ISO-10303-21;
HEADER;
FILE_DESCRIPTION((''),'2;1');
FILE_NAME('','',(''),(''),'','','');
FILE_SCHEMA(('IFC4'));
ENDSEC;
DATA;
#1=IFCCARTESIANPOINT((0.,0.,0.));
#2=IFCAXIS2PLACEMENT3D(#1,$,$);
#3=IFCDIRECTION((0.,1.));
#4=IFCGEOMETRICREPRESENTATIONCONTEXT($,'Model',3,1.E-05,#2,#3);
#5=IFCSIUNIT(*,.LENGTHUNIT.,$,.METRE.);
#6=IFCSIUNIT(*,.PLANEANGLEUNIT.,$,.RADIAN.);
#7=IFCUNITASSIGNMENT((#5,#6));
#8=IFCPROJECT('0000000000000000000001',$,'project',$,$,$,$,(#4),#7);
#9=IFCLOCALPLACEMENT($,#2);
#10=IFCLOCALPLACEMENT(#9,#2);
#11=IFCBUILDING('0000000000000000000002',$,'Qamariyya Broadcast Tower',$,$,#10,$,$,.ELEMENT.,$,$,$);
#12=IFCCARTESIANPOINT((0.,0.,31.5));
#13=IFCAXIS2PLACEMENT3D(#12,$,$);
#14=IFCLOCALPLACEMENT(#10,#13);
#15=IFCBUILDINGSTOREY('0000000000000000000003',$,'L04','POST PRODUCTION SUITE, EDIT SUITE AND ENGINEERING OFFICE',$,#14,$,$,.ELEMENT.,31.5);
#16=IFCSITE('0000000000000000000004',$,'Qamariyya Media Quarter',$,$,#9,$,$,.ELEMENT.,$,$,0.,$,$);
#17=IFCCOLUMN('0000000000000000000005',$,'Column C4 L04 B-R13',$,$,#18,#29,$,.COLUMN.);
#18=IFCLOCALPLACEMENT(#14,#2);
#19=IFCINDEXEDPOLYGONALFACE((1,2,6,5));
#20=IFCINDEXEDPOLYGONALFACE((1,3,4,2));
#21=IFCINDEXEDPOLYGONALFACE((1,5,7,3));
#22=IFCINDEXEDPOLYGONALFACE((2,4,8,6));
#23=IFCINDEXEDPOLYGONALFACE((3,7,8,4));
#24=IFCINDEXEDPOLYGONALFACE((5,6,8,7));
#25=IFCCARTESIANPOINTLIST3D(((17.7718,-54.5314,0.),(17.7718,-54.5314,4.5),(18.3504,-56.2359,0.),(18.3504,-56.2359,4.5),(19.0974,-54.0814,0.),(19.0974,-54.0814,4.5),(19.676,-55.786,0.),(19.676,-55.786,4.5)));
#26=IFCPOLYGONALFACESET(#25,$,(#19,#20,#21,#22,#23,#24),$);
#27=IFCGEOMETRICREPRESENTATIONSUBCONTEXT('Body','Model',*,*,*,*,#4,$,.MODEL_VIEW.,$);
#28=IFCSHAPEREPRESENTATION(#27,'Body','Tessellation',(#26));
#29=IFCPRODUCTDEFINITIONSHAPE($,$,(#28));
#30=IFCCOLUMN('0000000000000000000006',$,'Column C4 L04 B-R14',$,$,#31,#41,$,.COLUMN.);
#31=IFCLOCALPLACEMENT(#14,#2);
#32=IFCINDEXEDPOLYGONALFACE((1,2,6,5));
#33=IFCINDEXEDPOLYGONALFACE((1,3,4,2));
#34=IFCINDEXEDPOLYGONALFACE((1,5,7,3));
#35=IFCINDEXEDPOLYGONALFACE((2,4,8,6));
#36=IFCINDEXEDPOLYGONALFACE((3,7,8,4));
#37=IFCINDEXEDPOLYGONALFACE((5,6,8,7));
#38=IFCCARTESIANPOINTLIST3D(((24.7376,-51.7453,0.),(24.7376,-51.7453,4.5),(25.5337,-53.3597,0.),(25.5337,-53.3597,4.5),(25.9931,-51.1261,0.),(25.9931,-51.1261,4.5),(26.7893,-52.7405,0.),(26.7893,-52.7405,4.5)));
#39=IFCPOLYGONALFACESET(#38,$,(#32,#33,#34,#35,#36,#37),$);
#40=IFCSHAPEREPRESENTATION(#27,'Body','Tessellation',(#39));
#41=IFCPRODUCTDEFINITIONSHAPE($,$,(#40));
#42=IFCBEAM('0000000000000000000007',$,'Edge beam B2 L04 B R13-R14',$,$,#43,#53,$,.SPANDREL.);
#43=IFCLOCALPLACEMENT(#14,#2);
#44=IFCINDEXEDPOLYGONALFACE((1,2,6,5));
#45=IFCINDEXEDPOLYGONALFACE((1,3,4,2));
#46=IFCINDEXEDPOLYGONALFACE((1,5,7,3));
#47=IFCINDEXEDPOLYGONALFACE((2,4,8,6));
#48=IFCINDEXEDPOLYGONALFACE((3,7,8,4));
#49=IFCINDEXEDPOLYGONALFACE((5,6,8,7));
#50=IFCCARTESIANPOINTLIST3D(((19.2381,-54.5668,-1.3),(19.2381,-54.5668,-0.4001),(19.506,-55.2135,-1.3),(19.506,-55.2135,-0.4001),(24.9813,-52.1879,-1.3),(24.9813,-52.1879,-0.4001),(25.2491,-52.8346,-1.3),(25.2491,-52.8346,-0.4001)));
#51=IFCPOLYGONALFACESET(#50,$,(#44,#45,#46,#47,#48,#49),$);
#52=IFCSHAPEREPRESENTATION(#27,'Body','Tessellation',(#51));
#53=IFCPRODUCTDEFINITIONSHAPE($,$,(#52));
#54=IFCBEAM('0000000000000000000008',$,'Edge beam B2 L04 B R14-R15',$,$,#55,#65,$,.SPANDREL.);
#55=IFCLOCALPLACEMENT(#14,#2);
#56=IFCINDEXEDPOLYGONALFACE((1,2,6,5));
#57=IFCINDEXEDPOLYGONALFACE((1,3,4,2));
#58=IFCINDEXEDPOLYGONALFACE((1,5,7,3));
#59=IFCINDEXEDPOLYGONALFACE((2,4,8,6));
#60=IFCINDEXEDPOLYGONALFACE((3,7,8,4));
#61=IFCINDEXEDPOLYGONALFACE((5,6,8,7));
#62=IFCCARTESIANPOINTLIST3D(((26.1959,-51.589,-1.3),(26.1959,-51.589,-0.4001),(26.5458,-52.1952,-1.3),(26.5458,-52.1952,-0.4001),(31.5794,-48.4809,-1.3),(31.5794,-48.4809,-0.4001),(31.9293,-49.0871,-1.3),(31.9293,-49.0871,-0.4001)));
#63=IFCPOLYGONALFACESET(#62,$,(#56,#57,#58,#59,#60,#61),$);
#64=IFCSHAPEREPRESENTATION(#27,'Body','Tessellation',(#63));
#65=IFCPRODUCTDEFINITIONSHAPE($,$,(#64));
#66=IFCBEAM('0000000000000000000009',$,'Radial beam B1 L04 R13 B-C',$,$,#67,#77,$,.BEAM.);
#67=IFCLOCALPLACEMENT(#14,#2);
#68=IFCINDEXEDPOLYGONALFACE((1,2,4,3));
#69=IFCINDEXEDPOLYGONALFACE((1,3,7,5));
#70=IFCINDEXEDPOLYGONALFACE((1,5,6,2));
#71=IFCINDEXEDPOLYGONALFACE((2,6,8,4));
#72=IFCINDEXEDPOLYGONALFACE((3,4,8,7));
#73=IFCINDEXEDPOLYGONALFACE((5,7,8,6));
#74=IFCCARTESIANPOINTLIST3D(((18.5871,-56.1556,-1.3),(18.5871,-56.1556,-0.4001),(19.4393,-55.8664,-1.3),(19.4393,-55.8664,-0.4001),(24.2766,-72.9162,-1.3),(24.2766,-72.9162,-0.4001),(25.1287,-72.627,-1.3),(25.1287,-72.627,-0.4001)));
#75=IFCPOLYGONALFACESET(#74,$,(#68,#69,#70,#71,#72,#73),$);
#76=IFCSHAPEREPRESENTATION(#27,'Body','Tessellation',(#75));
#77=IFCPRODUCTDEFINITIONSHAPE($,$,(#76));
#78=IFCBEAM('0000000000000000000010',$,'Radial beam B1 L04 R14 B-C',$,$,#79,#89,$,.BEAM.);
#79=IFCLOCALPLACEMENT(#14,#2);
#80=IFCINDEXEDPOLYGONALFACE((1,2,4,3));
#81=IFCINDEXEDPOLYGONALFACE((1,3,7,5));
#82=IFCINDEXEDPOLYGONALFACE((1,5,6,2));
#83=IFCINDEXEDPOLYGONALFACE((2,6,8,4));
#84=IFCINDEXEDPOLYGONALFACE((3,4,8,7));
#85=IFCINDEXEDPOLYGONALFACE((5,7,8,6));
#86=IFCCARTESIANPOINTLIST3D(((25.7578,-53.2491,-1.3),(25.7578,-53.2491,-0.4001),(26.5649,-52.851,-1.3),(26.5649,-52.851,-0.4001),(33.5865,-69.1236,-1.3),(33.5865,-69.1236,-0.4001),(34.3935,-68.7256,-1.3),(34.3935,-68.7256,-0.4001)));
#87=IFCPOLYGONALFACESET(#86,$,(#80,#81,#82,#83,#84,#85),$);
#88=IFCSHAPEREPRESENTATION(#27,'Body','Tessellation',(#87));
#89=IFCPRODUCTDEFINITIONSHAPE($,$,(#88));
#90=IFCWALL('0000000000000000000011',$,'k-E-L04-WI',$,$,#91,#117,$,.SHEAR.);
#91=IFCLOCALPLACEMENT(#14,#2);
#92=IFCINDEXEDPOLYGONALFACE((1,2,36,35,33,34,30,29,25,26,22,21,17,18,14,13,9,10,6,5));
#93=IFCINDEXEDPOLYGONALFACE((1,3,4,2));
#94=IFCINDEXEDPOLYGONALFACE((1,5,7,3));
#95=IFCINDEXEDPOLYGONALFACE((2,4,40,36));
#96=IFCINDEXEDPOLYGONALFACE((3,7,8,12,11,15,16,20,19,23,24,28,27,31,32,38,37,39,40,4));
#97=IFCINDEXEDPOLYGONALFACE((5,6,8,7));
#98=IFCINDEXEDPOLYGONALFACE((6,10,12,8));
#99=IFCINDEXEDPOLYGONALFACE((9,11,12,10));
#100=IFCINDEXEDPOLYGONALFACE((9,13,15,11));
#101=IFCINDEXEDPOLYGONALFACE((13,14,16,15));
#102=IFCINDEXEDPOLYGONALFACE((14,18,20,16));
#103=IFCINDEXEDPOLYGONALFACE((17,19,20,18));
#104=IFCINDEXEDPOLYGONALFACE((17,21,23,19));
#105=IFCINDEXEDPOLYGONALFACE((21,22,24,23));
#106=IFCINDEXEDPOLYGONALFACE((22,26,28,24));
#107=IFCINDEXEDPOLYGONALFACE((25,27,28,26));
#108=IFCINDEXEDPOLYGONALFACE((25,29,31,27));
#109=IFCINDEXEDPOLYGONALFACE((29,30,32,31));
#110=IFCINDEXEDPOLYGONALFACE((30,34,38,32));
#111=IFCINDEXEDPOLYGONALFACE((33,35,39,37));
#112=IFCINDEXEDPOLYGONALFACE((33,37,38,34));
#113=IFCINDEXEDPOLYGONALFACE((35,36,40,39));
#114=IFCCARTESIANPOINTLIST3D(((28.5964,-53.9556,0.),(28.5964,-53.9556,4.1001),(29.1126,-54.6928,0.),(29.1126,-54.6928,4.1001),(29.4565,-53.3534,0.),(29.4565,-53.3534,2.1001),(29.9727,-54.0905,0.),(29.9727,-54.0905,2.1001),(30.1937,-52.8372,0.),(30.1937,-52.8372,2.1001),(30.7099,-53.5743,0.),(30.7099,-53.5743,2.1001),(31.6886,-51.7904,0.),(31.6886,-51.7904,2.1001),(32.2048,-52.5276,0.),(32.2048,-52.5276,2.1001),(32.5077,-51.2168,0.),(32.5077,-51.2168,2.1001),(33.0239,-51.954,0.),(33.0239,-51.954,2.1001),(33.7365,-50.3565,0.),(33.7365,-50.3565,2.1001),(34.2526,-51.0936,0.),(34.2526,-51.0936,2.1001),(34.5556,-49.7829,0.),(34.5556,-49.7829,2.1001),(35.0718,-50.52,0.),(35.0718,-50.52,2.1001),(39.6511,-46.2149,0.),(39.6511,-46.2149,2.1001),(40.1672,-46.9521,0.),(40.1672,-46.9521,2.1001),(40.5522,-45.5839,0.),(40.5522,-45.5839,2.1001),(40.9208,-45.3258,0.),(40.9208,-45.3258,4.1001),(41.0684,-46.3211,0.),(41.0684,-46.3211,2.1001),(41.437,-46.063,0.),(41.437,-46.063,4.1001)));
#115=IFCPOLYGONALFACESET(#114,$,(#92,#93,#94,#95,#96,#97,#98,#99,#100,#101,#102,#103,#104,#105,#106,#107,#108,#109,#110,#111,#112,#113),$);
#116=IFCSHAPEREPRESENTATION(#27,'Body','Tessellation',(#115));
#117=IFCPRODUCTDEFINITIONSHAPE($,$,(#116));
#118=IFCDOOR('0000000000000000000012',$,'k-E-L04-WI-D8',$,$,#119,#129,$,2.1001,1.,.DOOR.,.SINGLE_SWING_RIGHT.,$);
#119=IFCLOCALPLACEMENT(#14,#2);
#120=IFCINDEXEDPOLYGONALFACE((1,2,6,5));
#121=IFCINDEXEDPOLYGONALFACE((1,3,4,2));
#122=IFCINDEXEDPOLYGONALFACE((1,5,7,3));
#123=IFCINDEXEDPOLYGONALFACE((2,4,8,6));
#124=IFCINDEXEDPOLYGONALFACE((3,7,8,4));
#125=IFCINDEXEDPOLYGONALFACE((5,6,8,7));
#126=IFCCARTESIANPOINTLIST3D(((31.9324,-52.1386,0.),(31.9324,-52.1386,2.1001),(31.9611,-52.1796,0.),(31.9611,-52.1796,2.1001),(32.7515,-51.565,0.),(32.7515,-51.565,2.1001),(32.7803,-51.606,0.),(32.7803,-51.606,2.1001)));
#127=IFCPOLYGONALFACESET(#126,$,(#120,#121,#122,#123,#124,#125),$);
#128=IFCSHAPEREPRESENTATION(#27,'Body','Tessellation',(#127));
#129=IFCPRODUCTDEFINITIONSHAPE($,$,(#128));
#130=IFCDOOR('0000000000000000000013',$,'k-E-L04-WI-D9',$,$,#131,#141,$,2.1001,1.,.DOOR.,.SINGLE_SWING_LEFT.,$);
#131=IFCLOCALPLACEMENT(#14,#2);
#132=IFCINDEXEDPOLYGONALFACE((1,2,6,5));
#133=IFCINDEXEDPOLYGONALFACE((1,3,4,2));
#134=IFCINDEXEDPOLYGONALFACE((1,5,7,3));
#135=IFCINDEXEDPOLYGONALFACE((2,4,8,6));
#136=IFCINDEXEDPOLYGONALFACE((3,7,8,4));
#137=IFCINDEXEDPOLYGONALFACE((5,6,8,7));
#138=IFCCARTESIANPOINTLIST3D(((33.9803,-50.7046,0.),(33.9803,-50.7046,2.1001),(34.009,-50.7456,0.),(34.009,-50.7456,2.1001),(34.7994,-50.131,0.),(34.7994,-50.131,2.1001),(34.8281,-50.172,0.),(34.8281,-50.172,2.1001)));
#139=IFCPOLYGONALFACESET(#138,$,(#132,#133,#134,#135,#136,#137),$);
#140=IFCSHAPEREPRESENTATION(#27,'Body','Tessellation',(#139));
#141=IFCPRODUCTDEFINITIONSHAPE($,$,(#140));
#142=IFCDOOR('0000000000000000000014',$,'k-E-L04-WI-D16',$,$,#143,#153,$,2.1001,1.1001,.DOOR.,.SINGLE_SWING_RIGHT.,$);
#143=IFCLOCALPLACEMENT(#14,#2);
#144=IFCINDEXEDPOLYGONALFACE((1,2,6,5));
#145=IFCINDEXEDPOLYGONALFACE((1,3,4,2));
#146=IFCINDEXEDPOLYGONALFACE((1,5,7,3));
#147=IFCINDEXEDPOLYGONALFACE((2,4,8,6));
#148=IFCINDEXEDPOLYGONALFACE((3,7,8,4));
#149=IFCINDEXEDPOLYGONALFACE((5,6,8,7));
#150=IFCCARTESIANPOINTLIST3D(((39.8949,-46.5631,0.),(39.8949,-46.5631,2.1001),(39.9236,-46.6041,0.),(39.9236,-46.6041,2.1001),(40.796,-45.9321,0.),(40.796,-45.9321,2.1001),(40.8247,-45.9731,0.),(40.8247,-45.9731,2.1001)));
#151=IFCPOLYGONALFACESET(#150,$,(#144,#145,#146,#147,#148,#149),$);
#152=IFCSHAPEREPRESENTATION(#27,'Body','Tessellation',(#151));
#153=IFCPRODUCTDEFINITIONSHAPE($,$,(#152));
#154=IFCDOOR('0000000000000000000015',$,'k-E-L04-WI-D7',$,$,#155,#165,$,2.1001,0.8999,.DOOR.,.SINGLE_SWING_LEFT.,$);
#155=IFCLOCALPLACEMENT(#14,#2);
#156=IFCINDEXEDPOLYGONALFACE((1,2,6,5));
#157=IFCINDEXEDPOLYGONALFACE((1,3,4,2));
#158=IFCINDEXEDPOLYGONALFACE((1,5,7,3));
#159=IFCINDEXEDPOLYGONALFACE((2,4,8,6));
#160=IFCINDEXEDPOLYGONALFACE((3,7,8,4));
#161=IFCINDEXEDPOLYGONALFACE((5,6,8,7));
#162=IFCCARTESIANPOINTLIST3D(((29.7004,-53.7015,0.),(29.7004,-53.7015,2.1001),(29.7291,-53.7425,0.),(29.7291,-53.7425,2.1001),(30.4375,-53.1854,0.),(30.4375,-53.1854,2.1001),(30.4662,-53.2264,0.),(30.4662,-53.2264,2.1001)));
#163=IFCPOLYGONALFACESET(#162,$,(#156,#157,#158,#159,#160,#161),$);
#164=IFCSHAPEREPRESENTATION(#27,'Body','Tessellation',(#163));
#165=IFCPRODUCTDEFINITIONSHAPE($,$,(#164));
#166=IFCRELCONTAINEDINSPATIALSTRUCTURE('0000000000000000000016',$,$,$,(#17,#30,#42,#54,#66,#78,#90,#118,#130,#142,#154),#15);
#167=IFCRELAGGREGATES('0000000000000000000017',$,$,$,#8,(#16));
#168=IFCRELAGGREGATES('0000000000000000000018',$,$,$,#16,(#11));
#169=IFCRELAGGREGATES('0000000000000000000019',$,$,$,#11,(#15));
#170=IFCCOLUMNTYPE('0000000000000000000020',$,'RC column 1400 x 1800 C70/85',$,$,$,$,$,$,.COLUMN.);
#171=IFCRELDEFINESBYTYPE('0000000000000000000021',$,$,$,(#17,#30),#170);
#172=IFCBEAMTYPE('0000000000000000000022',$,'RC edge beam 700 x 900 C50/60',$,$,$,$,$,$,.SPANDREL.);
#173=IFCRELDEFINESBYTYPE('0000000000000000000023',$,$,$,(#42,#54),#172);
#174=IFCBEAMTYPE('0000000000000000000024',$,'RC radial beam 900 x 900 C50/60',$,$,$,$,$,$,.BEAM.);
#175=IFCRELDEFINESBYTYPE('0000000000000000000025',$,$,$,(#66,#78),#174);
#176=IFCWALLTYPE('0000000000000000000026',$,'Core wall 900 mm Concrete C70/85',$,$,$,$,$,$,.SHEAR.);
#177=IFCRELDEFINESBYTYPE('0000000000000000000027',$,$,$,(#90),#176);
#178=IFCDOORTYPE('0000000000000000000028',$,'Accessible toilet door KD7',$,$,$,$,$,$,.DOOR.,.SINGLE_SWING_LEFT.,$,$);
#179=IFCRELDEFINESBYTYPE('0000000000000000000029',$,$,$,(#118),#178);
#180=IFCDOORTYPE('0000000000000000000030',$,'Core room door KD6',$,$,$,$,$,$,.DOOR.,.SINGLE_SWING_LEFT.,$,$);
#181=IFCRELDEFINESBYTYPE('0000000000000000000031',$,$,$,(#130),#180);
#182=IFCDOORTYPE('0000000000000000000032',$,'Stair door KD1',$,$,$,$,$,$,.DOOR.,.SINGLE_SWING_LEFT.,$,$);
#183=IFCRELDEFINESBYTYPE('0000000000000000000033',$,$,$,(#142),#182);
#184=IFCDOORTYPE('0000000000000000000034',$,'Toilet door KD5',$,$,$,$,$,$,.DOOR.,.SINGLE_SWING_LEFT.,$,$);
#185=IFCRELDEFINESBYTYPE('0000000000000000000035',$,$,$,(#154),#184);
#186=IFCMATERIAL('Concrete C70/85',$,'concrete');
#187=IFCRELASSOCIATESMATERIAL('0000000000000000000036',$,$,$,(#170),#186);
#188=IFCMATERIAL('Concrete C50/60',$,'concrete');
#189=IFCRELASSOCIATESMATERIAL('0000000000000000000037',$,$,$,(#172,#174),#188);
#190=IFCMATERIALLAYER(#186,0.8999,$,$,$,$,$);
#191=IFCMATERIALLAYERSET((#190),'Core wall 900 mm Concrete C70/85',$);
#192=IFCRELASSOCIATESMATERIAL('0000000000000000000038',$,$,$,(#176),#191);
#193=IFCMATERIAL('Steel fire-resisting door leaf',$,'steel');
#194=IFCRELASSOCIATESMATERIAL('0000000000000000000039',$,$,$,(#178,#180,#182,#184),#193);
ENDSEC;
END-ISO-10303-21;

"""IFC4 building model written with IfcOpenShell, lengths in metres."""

from ifc_helpers import new_model, si_unit, direction, frame, frame_2d, origin, origin_2d, place, context, subcontext, project, spatial, rectangle, extrude, material, layer, layer_set, material_profile, profile_set, type_object, element, fill, save


model = new_model("IFC4")

# Units and contexts
model_context = context("Model", 3, precision=1e-05, world=origin(), true_north=direction((0.0, 1.0)))
body_context = subcontext(model_context, "Body", "Model", "MODEL_VIEW")
ifc_project = project(units=[si_unit("LENGTHUNIT", "METRE"), si_unit("PLANEANGLEUNIT", "RADIAN")], contexts=[model_context])

# Site, building, storey
site_placement = place(None, origin())
site = spatial("IfcSite", under=ifc_project, at=site_placement, Name="Qamariyya Media Quarter", CompositionType="ELEMENT", RefElevation=0.0)
building_placement = place(site_placement, origin())
building = spatial("IfcBuilding", under=site, at=building_placement, Name="Qamariyya Broadcast Tower", CompositionType="ELEMENT")
storey_placement = place(building_placement, frame((0.0, 0.0, 31.5)))
storey = spatial("IfcBuildingStorey", under=building, at=storey_placement, Name="L04", Description="POST PRODUCTION SUITE, EDIT SUITE AND ENGINEERING OFFICE", CompositionType="ELEMENT", Elevation=31.5)

# Columns
ifc_material_1 = material(Name="Concrete C70/85", Category="concrete")
ifc_material_profile_1 = material_profile(ifc_material_1, rectangle(XDim=1.3999, YDim=1.8, at=origin_2d()))
ifc_profile_set_1 = profile_set([ifc_material_profile_1], Name="Concrete C70/85")
column_type = type_object("IfcColumnType", Name="RC column 1400 x 1800 C70/85", PredefinedType="COLUMN", material=ifc_profile_set_1)
for number, where, z_axis, x_axis, name in (
    (1, (18.7239, -55.1587, 0.0), (0.0, 0.0, 1.0), (0.94693, 0.321439, 0.0), "Column C4 L04 B-R13"),
    (2, (25.7634, -52.2429, 0.0), (0.0, 0.0, 1.0), (0.896873, 0.442289, 0.0), "Column C4 L04 B-R14"),
):
    element("IfcColumn", number, at=place(storey_placement, frame(where, z_axis=z_axis, x_axis=x_axis)), inside=storey, type_object=column_type, Name=name, PredefinedType="COLUMN", context=body_context, shape_type="SweptSolid", body=[
        extrude(rectangle(XDim=1.3999, YDim=1.8, at=origin_2d()), origin(), (0.0, 0.0, 1.0), 4.5),
    ])

# Beams
ifc_material_2 = material(Name="Concrete C50/60", Category="concrete")
ifc_material_profile_2 = material_profile(ifc_material_2, rectangle(XDim=0.7, YDim=0.8999, at=origin_2d()))
ifc_profile_set_2 = profile_set([ifc_material_profile_2], Name="Concrete C50/60")
beam_type_1 = type_object("IfcBeamType", Name="RC edge beam 700 x 900 C50/60", PredefinedType="SPANDREL", material=ifc_profile_set_2)
for number, where, z_axis, x_axis, name in (
    (3, (19.3721, -54.8901, -0.8501), (0.923879, 0.382685, 0.0), (-0.382685, 0.923879, 0.0), "Edge beam B2 L04 B R13-R14"),
    (4, (26.3708, -51.8921, -0.8501), (0.866028, 0.499996, 0.0), (-0.499996, 0.866028, 0.0), "Edge beam B2 L04 B R14-R15"),
):
    element("IfcBeam", number, at=place(storey_placement, frame(where, z_axis=z_axis, x_axis=x_axis)), inside=storey, type_object=beam_type_1, Name=name, PredefinedType="SPANDREL", context=body_context, shape_type="SweptSolid", body=[
        extrude(rectangle(XDim=0.7, YDim=0.8999, at=origin_2d()), origin(), (0.0, 0.0, 1.0), 6.2163),
    ])
ifc_material_profile_3 = material_profile(ifc_material_2, rectangle(XDim=0.8999, YDim=0.8999, at=origin_2d()))
ifc_profile_set_3 = profile_set([ifc_material_profile_3], Name="Concrete C50/60")
beam_type_2 = type_object("IfcBeamType", Name="RC radial beam 900 x 900 C50/60", PredefinedType="BEAM", material=ifc_profile_set_3)
for number, where, z_axis, x_axis, name in (
    (5, (19.0132, -56.011, -0.8501), (0.321441, -0.94693, 0.0), (0.94693, 0.321441, 0.0), "Radial beam B1 L04 R13 B-C"),
    (6, (26.1614, -53.05, -0.8501), (0.442296, -0.896869, 0.0), (0.896869, 0.442296, 0.0), "Radial beam B1 L04 R14 B-C"),
):
    element("IfcBeam", number, at=place(storey_placement, frame(where, z_axis=z_axis, x_axis=x_axis)), inside=storey, type_object=beam_type_2, Name=name, PredefinedType="BEAM", context=body_context, shape_type="SweptSolid", body=[
        extrude(rectangle(XDim=0.8999, YDim=0.8999, at=origin_2d()), origin(), (0.0, 0.0, 1.0), 17.7),
    ])

# Wall, openings, doors
ifc_layer_1 = layer(ifc_material_1, 0.8999)
ifc_layer_set_1 = layer_set([ifc_layer_1], Name="Core wall 900 mm Concrete C70/85")
wall_type_1 = type_object("IfcWallType", Name="Core wall 900 mm Concrete C70/85", PredefinedType="SHEAR", material=ifc_layer_set_1)
wall_1_placement = place(storey_placement, frame((28.8545, -54.3242, 0.0), z_axis=(0.0, 0.0, 1.0), x_axis=(0.819146, 0.573585, 0.0)))
wall_1 = element("IfcWall", 7, at=wall_1_placement, inside=storey, type_object=wall_type_1, Name="k-E-L04-WI", PredefinedType="SHEAR", context=body_context, shape_type="SweptSolid", body=[
    extrude(rectangle(XDim=15.0454, YDim=0.8999, at=frame_2d((7.5227, 0.0))), origin(), (0.0, 0.0, 1.0), 4.1001),
])
opening_1_placement = place(wall_1_placement, frame((1.05, 0.0, 0.0)))
opening_1 = element("IfcOpeningElement", 8, at=opening_1_placement, cuts=wall_1, PredefinedType="OPENING", context=body_context, shape_type="SweptSolid", body=[
    extrude(rectangle(XDim=0.8999, YDim=2.1001, at=frame_2d((0.45, 1.05))), frame((0.0, 0.46, 0.0), z_axis=(0.0, -1.0, 0.0), x_axis=(1.0, 0.0, 0.0)), (0.0, 0.0, 1.0), 0.9199),
])
opening_2_placement = place(wall_1_placement, frame((3.7749, 0.0, 0.0)))
opening_2 = element("IfcOpeningElement", 9, at=opening_2_placement, cuts=wall_1, PredefinedType="OPENING", context=body_context, shape_type="SweptSolid", body=[
    extrude(rectangle(XDim=1.0, YDim=2.1001, at=frame_2d((0.5, 1.05))), frame((0.0, 0.46, 0.0), z_axis=(0.0, -1.0, 0.0), x_axis=(1.0, 0.0, 0.0)), (0.0, 0.0, 1.0), 0.9199),
])
opening_3_placement = place(wall_1_placement, frame((6.2749, 0.0, 0.0)))
opening_3 = element("IfcOpeningElement", 10, at=opening_3_placement, cuts=wall_1, PredefinedType="OPENING", context=body_context, shape_type="SweptSolid", body=[
    extrude(rectangle(XDim=1.0, YDim=2.1001, at=frame_2d((0.5, 1.05))), frame((0.0, 0.46, 0.0), z_axis=(0.0, -1.0, 0.0), x_axis=(1.0, 0.0, 0.0)), (0.0, 0.0, 1.0), 0.9199),
])
opening_4_placement = place(wall_1_placement, frame((13.4954, 0.0, 0.0)))
opening_4 = element("IfcOpeningElement", 11, at=opening_4_placement, cuts=wall_1, PredefinedType="OPENING", context=body_context, shape_type="SweptSolid", body=[
    extrude(rectangle(XDim=1.1001, YDim=2.1001, at=frame_2d((0.55, 1.05))), frame((0.0, 0.46, 0.0), z_axis=(0.0, -1.0, 0.0), x_axis=(1.0, 0.0, 0.0)), (0.0, 0.0, 1.0), 0.9199),
])
ifc_material_3 = material(Name="Steel fire-resisting door leaf", Category="steel")
door_type_1 = type_object("IfcDoorType", Name="Accessible toilet door KD7", OperationType="SINGLE_SWING_LEFT", PredefinedType="DOOR", material=ifc_material_3)
door_1_placement = place(opening_2_placement, origin())
door_1 = element("IfcDoor", 12, at=door_1_placement, inside=storey, type_object=door_type_1, Name="k-E-L04-WI-D8", OperationType="SINGLE_SWING_RIGHT", OverallHeight=2.1001, OverallWidth=1.0, PredefinedType="DOOR", context=body_context, shape_type="SweptSolid", body=[
    extrude(rectangle(XDim=1.0, YDim=2.1001, at=frame_2d((0.5, 1.05))), frame((0.0, 0.0249, 0.0), z_axis=(0.0, -1.0, 0.0), x_axis=(1.0, 0.0, 0.0)), (0.0, 0.0, 1.0), 0.05),
])
fill(opening_2, door_1)
door_type_2 = type_object("IfcDoorType", Name="Core room door KD6", OperationType="SINGLE_SWING_LEFT", PredefinedType="DOOR", material=ifc_material_3)
door_2_placement = place(opening_3_placement, origin())
door_2 = element("IfcDoor", 13, at=door_2_placement, inside=storey, type_object=door_type_2, Name="k-E-L04-WI-D9", OperationType="SINGLE_SWING_LEFT", OverallHeight=2.1001, OverallWidth=1.0, PredefinedType="DOOR", context=body_context, shape_type="SweptSolid", body=[
    extrude(rectangle(XDim=1.0, YDim=2.1001, at=frame_2d((0.5, 1.05))), frame((0.0, 0.0249, 0.0), z_axis=(0.0, -1.0, 0.0), x_axis=(1.0, 0.0, 0.0)), (0.0, 0.0, 1.0), 0.05),
])
fill(opening_3, door_2)
door_type_3 = type_object("IfcDoorType", Name="Stair door KD1", OperationType="SINGLE_SWING_LEFT", PredefinedType="DOOR", material=ifc_material_3)
door_3_placement = place(opening_4_placement, origin())
door_3 = element("IfcDoor", 14, at=door_3_placement, inside=storey, type_object=door_type_3, Name="k-E-L04-WI-D16", OperationType="SINGLE_SWING_RIGHT", OverallHeight=2.1001, OverallWidth=1.1001, PredefinedType="DOOR", context=body_context, shape_type="SweptSolid", body=[
    extrude(rectangle(XDim=1.1001, YDim=2.1001, at=frame_2d((0.55, 1.05))), frame((0.0, 0.0249, 0.0), z_axis=(0.0, -1.0, 0.0), x_axis=(1.0, 0.0, 0.0)), (0.0, 0.0, 1.0), 0.05),
])
fill(opening_4, door_3)
door_type_4 = type_object("IfcDoorType", Name="Toilet door KD5", OperationType="SINGLE_SWING_LEFT", PredefinedType="DOOR", material=ifc_material_3)
door_4_placement = place(opening_1_placement, origin())
door_4 = element("IfcDoor", 15, at=door_4_placement, inside=storey, type_object=door_type_4, Name="k-E-L04-WI-D7", OperationType="SINGLE_SWING_LEFT", OverallHeight=2.1001, OverallWidth=0.8999, PredefinedType="DOOR", context=body_context, shape_type="SweptSolid", body=[
    extrude(rectangle(XDim=0.8999, YDim=2.1001, at=frame_2d((0.45, 1.05))), frame((0.0, 0.0249, 0.0), z_axis=(0.0, -1.0, 0.0), x_axis=(1.0, 0.0, 0.0)), (0.0, 0.0, 1.0), 0.05),
])
fill(opening_1, door_4)

save(model, "model.ifc")
